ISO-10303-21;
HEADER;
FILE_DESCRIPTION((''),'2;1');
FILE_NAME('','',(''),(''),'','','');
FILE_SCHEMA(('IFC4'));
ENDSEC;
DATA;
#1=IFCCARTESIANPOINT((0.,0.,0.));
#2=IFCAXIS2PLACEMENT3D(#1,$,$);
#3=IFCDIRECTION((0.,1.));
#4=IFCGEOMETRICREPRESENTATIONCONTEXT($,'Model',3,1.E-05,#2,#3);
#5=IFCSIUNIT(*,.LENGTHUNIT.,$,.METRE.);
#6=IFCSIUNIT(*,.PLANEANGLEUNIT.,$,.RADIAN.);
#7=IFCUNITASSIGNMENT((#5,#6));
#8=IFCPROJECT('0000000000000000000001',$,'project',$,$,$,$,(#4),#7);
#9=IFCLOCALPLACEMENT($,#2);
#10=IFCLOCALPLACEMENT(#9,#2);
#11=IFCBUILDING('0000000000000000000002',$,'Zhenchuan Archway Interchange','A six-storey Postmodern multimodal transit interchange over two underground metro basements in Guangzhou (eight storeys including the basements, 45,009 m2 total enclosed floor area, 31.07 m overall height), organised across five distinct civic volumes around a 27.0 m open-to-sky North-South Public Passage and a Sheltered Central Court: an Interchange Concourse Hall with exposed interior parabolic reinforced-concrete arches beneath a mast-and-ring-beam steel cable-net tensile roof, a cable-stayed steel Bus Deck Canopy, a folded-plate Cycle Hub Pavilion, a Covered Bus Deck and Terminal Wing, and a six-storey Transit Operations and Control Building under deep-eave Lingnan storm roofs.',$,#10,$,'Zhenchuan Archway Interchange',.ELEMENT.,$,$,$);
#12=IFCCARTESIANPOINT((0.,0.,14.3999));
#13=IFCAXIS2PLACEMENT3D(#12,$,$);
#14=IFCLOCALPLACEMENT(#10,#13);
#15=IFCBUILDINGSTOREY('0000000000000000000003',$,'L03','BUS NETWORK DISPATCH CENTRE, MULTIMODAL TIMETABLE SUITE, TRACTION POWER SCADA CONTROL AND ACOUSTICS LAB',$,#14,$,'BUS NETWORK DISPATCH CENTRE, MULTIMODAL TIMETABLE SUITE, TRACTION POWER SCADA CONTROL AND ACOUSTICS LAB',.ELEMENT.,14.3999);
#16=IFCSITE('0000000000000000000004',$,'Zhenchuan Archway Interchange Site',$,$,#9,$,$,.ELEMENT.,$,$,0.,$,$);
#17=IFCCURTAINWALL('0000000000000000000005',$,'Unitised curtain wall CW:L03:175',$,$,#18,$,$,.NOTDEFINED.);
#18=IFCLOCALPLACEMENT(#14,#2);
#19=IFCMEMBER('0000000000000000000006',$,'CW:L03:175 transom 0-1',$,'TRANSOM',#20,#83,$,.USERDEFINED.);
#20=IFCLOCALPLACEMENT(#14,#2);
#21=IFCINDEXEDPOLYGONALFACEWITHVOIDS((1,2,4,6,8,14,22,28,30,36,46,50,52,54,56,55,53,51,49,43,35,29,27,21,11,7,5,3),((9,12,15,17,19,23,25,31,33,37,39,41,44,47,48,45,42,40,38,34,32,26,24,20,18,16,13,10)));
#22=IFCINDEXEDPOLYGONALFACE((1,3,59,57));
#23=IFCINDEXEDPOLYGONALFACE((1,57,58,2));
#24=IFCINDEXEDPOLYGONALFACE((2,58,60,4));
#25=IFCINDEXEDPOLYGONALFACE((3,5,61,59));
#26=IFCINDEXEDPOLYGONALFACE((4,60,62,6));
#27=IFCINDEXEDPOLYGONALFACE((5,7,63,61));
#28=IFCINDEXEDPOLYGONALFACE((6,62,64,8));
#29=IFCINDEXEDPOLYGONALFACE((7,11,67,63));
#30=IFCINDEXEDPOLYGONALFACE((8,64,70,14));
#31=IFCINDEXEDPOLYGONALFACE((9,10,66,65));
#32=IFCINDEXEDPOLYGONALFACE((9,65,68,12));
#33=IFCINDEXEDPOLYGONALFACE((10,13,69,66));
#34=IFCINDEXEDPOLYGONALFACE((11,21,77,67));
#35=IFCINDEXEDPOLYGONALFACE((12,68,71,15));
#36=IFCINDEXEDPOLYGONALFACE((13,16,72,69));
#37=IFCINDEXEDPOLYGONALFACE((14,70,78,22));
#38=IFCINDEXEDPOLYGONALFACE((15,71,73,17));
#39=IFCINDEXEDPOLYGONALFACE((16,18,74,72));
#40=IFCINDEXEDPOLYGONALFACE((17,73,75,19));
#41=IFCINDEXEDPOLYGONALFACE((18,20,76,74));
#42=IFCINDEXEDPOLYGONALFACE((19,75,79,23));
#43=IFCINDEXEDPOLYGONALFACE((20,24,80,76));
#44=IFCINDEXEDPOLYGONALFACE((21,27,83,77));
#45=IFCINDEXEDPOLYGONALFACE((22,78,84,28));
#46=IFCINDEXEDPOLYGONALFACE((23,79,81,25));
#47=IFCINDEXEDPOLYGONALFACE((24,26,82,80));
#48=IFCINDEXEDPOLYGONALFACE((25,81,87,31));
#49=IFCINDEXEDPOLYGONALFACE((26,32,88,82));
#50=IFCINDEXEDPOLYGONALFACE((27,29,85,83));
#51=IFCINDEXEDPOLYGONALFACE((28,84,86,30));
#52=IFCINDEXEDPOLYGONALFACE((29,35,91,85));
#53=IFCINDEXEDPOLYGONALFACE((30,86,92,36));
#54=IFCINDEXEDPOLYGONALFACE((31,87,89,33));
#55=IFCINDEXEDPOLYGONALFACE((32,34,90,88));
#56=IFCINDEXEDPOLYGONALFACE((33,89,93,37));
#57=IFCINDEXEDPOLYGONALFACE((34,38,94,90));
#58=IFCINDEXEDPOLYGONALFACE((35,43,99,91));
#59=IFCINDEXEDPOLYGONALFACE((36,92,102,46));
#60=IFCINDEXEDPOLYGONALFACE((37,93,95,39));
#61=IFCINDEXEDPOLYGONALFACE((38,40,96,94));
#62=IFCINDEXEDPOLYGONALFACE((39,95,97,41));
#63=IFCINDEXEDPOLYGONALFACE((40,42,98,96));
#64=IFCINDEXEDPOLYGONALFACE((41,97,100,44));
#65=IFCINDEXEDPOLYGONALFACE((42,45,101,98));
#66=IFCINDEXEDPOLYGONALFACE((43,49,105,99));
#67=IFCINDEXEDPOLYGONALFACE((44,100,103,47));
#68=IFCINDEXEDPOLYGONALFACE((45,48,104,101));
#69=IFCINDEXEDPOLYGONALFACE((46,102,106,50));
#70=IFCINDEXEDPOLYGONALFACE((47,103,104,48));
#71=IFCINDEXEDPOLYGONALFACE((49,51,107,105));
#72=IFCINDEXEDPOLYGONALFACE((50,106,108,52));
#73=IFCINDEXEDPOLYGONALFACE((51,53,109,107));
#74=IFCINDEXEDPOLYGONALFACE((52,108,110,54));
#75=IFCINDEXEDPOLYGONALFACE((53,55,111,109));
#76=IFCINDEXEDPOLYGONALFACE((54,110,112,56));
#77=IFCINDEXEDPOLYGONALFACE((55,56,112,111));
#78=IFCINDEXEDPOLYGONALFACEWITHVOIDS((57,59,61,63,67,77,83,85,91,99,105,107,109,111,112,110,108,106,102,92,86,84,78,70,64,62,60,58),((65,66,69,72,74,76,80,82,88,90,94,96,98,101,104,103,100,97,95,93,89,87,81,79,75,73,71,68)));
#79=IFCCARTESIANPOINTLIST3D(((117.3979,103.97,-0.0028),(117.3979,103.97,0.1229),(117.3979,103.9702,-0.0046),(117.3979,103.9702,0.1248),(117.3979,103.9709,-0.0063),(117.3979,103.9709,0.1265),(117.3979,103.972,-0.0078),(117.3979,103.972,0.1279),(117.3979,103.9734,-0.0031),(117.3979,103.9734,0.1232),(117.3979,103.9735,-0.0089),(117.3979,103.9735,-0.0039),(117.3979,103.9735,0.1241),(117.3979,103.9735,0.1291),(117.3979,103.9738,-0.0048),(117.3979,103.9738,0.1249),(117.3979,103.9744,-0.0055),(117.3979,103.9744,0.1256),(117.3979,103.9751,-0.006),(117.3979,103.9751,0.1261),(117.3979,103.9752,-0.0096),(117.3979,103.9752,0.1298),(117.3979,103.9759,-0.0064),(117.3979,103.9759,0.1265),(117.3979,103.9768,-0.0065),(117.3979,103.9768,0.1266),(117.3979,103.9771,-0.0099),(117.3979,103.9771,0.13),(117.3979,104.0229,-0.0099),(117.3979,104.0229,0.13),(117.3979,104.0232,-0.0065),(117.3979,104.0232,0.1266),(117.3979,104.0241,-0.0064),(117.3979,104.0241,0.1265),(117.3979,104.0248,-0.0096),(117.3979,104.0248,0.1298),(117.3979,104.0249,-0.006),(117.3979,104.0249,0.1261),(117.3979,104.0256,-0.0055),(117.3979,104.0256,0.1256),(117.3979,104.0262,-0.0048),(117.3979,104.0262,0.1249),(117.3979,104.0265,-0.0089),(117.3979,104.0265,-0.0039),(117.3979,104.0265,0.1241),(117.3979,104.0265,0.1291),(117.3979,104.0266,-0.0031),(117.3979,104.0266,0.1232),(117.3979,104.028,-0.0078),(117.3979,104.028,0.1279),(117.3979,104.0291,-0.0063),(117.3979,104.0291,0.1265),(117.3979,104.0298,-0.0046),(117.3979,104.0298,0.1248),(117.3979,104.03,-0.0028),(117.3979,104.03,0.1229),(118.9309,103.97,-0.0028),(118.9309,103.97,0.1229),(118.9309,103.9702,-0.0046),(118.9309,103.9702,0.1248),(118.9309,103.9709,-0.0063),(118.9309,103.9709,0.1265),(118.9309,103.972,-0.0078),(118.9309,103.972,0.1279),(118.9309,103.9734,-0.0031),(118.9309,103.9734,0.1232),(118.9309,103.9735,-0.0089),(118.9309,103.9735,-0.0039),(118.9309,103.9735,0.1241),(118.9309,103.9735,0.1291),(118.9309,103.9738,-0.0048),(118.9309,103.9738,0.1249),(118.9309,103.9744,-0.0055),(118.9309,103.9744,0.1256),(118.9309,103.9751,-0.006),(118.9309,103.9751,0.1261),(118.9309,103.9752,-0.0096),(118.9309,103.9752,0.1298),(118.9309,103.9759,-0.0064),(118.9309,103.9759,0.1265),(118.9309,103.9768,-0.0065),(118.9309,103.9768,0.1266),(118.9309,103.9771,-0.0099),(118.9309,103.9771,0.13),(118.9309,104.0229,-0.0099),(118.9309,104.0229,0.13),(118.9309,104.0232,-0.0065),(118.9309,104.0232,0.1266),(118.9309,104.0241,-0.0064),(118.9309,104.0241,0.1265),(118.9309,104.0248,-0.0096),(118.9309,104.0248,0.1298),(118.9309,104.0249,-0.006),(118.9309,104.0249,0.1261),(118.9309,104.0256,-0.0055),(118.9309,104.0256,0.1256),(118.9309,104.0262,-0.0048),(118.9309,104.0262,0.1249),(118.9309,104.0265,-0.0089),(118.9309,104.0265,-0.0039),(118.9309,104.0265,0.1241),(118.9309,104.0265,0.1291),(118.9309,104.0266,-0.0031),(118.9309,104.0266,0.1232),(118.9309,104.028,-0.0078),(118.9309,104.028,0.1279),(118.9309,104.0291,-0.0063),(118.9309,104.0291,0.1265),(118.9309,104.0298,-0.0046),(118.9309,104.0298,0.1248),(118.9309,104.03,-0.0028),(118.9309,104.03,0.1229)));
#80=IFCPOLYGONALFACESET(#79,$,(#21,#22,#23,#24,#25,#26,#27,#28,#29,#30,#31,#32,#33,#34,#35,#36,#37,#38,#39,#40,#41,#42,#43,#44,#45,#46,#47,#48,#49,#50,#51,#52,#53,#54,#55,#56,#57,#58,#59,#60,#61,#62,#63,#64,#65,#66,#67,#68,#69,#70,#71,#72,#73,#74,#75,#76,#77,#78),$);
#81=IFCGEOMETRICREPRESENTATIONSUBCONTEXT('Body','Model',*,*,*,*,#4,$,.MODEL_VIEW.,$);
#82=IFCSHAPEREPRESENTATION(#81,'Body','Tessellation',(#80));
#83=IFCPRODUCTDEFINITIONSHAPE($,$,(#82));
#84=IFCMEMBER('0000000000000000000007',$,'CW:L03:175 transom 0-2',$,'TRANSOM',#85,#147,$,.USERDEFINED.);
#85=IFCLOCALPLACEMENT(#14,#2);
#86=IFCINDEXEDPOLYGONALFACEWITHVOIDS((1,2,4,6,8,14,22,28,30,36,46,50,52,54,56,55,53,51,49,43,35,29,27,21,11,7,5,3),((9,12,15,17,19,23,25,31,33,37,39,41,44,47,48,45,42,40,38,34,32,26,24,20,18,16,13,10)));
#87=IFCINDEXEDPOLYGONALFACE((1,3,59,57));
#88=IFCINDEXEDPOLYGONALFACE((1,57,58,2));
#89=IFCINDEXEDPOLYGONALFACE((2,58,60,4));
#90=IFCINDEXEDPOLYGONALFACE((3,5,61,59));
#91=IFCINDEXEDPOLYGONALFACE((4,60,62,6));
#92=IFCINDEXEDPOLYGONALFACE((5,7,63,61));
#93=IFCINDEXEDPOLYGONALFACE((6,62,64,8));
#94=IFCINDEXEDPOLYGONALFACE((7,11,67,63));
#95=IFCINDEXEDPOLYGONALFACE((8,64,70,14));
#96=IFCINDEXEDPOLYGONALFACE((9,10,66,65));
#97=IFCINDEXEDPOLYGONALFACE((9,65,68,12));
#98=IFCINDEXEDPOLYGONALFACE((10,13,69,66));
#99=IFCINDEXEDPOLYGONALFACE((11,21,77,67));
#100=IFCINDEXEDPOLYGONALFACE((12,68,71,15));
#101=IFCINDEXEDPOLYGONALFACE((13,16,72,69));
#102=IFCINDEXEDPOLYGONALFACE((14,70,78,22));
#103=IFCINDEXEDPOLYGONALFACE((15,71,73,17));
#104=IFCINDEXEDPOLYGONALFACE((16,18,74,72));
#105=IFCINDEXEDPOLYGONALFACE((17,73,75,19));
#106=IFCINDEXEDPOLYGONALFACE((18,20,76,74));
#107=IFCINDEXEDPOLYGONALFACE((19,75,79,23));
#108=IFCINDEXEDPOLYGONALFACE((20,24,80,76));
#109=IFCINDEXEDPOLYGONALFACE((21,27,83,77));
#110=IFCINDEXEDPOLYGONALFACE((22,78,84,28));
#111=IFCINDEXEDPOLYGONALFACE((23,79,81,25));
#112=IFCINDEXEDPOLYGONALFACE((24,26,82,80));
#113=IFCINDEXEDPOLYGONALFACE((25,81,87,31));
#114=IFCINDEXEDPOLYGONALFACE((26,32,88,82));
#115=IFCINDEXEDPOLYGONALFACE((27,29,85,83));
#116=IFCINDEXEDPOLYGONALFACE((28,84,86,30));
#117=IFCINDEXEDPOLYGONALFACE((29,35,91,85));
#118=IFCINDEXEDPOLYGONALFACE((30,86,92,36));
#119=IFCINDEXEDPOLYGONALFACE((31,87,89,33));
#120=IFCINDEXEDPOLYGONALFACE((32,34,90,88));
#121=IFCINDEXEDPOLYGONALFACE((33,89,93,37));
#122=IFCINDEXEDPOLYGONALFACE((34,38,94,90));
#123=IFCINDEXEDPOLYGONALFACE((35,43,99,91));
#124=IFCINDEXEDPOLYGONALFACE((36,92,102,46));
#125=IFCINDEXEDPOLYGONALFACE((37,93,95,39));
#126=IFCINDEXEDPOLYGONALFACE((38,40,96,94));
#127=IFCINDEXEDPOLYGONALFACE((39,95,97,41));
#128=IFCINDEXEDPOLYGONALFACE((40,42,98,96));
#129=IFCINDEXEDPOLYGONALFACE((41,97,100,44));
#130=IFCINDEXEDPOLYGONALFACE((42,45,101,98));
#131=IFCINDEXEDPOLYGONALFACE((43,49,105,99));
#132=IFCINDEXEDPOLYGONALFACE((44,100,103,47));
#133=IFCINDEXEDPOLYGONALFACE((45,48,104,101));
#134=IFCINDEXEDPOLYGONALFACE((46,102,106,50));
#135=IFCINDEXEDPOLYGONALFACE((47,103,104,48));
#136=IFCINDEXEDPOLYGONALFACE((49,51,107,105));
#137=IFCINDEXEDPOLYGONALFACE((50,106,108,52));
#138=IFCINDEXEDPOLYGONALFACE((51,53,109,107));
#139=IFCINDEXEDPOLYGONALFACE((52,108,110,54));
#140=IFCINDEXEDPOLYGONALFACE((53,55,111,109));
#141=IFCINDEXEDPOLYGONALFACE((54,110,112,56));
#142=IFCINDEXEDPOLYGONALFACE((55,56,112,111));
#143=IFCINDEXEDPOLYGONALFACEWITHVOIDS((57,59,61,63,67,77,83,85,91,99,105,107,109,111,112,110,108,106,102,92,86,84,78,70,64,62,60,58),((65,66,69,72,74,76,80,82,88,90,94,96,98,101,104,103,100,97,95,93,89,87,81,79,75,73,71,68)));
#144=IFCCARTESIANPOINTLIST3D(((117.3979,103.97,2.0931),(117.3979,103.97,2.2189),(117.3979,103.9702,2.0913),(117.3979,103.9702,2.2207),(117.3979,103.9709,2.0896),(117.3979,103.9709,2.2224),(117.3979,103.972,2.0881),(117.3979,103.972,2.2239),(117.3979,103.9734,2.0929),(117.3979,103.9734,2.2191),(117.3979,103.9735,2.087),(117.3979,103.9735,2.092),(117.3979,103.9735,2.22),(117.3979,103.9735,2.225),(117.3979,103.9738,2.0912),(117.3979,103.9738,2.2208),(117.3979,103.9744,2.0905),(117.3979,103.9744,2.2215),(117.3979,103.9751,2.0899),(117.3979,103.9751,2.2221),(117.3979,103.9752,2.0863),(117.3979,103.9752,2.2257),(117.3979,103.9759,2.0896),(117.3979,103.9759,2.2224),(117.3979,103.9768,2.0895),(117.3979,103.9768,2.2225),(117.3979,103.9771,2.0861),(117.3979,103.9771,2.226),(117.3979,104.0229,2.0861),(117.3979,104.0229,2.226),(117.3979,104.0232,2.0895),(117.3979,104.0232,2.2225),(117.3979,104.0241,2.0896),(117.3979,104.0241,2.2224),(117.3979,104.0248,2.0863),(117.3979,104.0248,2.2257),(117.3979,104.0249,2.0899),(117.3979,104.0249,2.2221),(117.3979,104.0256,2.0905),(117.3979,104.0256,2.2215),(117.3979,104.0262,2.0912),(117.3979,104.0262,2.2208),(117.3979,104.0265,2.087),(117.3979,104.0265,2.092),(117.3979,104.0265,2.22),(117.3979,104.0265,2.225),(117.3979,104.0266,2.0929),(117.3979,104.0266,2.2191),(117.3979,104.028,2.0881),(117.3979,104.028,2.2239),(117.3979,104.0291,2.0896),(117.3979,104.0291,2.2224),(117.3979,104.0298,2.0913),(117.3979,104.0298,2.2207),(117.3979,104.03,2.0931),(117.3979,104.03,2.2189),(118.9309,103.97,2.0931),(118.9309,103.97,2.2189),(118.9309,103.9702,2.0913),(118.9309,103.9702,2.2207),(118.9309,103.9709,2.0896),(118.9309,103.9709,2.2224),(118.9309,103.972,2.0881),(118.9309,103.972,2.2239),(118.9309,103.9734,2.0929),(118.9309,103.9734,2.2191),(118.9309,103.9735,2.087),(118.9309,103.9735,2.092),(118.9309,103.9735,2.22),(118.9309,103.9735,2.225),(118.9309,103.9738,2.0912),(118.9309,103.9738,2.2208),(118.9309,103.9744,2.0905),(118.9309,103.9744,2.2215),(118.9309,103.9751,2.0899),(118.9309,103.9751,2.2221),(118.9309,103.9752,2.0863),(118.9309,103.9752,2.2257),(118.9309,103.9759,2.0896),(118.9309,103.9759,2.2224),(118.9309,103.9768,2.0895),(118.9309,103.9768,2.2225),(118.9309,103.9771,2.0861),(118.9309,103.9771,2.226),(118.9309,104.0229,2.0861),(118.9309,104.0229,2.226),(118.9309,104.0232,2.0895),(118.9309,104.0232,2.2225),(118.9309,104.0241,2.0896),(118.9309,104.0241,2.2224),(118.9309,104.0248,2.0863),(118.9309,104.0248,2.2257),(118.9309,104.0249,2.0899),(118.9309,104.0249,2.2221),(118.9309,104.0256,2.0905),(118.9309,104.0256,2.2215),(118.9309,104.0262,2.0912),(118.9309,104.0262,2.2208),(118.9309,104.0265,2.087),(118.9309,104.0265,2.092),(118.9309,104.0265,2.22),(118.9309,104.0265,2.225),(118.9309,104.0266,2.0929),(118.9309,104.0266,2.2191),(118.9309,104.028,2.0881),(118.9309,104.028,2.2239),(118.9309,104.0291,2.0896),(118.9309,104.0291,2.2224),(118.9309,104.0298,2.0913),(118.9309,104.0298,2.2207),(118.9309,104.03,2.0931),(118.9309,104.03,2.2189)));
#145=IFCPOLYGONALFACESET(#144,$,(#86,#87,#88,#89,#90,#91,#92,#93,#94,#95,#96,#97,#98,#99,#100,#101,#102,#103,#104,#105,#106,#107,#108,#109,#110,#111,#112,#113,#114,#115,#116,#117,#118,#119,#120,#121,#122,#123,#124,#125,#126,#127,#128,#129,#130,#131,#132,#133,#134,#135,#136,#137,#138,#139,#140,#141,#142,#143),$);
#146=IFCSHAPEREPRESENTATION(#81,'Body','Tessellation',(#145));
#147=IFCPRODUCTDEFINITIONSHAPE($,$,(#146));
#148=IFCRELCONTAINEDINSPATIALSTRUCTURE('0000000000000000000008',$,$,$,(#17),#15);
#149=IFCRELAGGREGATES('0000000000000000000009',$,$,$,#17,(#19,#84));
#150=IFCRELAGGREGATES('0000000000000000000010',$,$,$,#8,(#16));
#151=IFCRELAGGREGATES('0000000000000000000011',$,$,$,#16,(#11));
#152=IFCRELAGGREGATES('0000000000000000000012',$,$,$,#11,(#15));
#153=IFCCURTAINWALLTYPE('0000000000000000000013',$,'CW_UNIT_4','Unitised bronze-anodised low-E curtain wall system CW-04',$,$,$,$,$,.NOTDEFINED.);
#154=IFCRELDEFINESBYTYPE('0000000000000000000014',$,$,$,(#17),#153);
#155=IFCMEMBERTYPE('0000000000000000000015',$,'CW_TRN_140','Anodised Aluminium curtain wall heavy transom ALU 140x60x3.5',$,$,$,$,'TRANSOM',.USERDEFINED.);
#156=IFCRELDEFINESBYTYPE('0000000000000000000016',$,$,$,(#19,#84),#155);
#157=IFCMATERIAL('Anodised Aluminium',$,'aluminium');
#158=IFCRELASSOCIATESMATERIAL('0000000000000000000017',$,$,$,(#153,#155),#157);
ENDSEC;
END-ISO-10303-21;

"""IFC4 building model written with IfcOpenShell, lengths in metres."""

from ifc_helpers import new_model, si_unit, direction, frame, origin, origin_2d, place, context, subcontext, project, spatial, hollow_rectangle, extrude, material, material_profile, profile_set, type_object, element, aggregate, save


model = new_model("IFC4")

# Units and contexts
model_context = context("Model", 3, precision=1e-05, world=origin(), true_north=direction((0.0, 1.0)))
body_context = subcontext(model_context, "Body", "Model", "MODEL_VIEW")
ifc_project = project(units=[si_unit("LENGTHUNIT", "METRE"), si_unit("PLANEANGLEUNIT", "RADIAN")], contexts=[model_context])

# Site, building, storey
site_placement = place(None, origin())
site = spatial("IfcSite", under=ifc_project, at=site_placement, Name="Zhenchuan Archway Interchange Site", CompositionType="ELEMENT", RefElevation=0.0)
building_placement = place(site_placement, origin())
building = spatial("IfcBuilding", under=site, at=building_placement, Name="Zhenchuan Archway Interchange", Description="A six-storey Postmodern multimodal transit interchange over two underground metro basements in Guangzhou (eight storeys including the basements, 45,009 m2 total enclosed floor area, 31.07 m overall height), organised across five distinct civic volumes around a 27.0 m open-to-sky North-South Public Passage and a Sheltered Central Court: an Interchange Concourse Hall with exposed interior parabolic reinforced-concrete arches beneath a mast-and-ring-beam steel cable-net tensile roof, a cable-stayed steel Bus Deck Canopy, a folded-plate Cycle Hub Pavilion, a Covered Bus Deck and Terminal Wing, and a six-storey Transit Operations and Control Building under deep-eave Lingnan storm roofs.", LongName="Zhenchuan Archway Interchange", CompositionType="ELEMENT")
storey_placement = place(building_placement, frame((0.0, 0.0, 14.3999)))
storey = spatial("IfcBuildingStorey", under=building, at=storey_placement, Name="L03", Description="BUS NETWORK DISPATCH CENTRE, MULTIMODAL TIMETABLE SUITE, TRACTION POWER SCADA CONTROL AND ACOUSTICS LAB", LongName="BUS NETWORK DISPATCH CENTRE, MULTIMODAL TIMETABLE SUITE, TRACTION POWER SCADA CONTROL AND ACOUSTICS LAB", CompositionType="ELEMENT", Elevation=14.3999)

# Shared definitions
ifc_material_1 = material(Name="Anodised Aluminium", Category="aluminium")

# Curtain wall
curtain_wall_type_1 = type_object("IfcCurtainWallType", Name="CW_UNIT_4", Description="Unitised bronze-anodised low-E curtain wall system CW-04", PredefinedType="NOTDEFINED", material=ifc_material_1)
curtain_wall_1_placement = place(storey_placement, origin())
curtain_wall_1 = element("IfcCurtainWall", 1, at=curtain_wall_1_placement, inside=storey, type_object=curtain_wall_type_1, Name="Unitised curtain wall CW:L03:175", PredefinedType="NOTDEFINED")

# Members
ifc_material_profile_1 = material_profile(ifc_material_1, hollow_rectangle(XDim=0.0601, YDim=0.1399, WallThickness=0.0034, InnerFilletRadius=0.0034, OuterFilletRadius=0.0071, at=origin_2d()), Name="ALU 140x60x3.5")
ifc_profile_set_1 = profile_set([ifc_material_profile_1], Name="Anodised Aluminium")
member_type_1 = type_object("IfcMemberType", Name="CW_TRN_140", Description="Anodised Aluminium curtain wall heavy transom ALU 140x60x3.5", ElementType="TRANSOM", PredefinedType="USERDEFINED", material=ifc_profile_set_1)
member_1_placement = place(storey_placement, frame((117.3979, 104.0, 0.0601), z_axis=(1.0, 0.0, 0.0), x_axis=(0.0, 1.0, 0.0)))
member_1 = element("IfcMember", 2, at=member_1_placement, type_object=member_type_1, Name="CW:L03:175 transom 0-1", ObjectType="TRANSOM", PredefinedType="USERDEFINED", context=body_context, shape_type="SweptSolid", body=[
    extrude(hollow_rectangle(XDim=0.0601, YDim=0.1399, WallThickness=0.0034, InnerFilletRadius=0.0034, OuterFilletRadius=0.0071, at=origin_2d()), origin(), (0.0, 0.0, 1.0), 1.533),
])
member_2_placement = place(storey_placement, frame((117.3979, 104.0, 2.156), z_axis=(1.0, 0.0, 0.0), x_axis=(0.0, 1.0, 0.0)))
member_2 = element("IfcMember", 3, at=member_2_placement, type_object=member_type_1, Name="CW:L03:175 transom 0-2", ObjectType="TRANSOM", PredefinedType="USERDEFINED", context=body_context, shape_type="SweptSolid", body=[
    extrude(hollow_rectangle(XDim=0.0601, YDim=0.1399, WallThickness=0.0034, InnerFilletRadius=0.0034, OuterFilletRadius=0.0071, at=origin_2d()), origin(), (0.0, 0.0, 1.0), 1.533),
])

aggregate(curtain_wall_1, [member_1, member_2])

save(model, "model.ifc")
